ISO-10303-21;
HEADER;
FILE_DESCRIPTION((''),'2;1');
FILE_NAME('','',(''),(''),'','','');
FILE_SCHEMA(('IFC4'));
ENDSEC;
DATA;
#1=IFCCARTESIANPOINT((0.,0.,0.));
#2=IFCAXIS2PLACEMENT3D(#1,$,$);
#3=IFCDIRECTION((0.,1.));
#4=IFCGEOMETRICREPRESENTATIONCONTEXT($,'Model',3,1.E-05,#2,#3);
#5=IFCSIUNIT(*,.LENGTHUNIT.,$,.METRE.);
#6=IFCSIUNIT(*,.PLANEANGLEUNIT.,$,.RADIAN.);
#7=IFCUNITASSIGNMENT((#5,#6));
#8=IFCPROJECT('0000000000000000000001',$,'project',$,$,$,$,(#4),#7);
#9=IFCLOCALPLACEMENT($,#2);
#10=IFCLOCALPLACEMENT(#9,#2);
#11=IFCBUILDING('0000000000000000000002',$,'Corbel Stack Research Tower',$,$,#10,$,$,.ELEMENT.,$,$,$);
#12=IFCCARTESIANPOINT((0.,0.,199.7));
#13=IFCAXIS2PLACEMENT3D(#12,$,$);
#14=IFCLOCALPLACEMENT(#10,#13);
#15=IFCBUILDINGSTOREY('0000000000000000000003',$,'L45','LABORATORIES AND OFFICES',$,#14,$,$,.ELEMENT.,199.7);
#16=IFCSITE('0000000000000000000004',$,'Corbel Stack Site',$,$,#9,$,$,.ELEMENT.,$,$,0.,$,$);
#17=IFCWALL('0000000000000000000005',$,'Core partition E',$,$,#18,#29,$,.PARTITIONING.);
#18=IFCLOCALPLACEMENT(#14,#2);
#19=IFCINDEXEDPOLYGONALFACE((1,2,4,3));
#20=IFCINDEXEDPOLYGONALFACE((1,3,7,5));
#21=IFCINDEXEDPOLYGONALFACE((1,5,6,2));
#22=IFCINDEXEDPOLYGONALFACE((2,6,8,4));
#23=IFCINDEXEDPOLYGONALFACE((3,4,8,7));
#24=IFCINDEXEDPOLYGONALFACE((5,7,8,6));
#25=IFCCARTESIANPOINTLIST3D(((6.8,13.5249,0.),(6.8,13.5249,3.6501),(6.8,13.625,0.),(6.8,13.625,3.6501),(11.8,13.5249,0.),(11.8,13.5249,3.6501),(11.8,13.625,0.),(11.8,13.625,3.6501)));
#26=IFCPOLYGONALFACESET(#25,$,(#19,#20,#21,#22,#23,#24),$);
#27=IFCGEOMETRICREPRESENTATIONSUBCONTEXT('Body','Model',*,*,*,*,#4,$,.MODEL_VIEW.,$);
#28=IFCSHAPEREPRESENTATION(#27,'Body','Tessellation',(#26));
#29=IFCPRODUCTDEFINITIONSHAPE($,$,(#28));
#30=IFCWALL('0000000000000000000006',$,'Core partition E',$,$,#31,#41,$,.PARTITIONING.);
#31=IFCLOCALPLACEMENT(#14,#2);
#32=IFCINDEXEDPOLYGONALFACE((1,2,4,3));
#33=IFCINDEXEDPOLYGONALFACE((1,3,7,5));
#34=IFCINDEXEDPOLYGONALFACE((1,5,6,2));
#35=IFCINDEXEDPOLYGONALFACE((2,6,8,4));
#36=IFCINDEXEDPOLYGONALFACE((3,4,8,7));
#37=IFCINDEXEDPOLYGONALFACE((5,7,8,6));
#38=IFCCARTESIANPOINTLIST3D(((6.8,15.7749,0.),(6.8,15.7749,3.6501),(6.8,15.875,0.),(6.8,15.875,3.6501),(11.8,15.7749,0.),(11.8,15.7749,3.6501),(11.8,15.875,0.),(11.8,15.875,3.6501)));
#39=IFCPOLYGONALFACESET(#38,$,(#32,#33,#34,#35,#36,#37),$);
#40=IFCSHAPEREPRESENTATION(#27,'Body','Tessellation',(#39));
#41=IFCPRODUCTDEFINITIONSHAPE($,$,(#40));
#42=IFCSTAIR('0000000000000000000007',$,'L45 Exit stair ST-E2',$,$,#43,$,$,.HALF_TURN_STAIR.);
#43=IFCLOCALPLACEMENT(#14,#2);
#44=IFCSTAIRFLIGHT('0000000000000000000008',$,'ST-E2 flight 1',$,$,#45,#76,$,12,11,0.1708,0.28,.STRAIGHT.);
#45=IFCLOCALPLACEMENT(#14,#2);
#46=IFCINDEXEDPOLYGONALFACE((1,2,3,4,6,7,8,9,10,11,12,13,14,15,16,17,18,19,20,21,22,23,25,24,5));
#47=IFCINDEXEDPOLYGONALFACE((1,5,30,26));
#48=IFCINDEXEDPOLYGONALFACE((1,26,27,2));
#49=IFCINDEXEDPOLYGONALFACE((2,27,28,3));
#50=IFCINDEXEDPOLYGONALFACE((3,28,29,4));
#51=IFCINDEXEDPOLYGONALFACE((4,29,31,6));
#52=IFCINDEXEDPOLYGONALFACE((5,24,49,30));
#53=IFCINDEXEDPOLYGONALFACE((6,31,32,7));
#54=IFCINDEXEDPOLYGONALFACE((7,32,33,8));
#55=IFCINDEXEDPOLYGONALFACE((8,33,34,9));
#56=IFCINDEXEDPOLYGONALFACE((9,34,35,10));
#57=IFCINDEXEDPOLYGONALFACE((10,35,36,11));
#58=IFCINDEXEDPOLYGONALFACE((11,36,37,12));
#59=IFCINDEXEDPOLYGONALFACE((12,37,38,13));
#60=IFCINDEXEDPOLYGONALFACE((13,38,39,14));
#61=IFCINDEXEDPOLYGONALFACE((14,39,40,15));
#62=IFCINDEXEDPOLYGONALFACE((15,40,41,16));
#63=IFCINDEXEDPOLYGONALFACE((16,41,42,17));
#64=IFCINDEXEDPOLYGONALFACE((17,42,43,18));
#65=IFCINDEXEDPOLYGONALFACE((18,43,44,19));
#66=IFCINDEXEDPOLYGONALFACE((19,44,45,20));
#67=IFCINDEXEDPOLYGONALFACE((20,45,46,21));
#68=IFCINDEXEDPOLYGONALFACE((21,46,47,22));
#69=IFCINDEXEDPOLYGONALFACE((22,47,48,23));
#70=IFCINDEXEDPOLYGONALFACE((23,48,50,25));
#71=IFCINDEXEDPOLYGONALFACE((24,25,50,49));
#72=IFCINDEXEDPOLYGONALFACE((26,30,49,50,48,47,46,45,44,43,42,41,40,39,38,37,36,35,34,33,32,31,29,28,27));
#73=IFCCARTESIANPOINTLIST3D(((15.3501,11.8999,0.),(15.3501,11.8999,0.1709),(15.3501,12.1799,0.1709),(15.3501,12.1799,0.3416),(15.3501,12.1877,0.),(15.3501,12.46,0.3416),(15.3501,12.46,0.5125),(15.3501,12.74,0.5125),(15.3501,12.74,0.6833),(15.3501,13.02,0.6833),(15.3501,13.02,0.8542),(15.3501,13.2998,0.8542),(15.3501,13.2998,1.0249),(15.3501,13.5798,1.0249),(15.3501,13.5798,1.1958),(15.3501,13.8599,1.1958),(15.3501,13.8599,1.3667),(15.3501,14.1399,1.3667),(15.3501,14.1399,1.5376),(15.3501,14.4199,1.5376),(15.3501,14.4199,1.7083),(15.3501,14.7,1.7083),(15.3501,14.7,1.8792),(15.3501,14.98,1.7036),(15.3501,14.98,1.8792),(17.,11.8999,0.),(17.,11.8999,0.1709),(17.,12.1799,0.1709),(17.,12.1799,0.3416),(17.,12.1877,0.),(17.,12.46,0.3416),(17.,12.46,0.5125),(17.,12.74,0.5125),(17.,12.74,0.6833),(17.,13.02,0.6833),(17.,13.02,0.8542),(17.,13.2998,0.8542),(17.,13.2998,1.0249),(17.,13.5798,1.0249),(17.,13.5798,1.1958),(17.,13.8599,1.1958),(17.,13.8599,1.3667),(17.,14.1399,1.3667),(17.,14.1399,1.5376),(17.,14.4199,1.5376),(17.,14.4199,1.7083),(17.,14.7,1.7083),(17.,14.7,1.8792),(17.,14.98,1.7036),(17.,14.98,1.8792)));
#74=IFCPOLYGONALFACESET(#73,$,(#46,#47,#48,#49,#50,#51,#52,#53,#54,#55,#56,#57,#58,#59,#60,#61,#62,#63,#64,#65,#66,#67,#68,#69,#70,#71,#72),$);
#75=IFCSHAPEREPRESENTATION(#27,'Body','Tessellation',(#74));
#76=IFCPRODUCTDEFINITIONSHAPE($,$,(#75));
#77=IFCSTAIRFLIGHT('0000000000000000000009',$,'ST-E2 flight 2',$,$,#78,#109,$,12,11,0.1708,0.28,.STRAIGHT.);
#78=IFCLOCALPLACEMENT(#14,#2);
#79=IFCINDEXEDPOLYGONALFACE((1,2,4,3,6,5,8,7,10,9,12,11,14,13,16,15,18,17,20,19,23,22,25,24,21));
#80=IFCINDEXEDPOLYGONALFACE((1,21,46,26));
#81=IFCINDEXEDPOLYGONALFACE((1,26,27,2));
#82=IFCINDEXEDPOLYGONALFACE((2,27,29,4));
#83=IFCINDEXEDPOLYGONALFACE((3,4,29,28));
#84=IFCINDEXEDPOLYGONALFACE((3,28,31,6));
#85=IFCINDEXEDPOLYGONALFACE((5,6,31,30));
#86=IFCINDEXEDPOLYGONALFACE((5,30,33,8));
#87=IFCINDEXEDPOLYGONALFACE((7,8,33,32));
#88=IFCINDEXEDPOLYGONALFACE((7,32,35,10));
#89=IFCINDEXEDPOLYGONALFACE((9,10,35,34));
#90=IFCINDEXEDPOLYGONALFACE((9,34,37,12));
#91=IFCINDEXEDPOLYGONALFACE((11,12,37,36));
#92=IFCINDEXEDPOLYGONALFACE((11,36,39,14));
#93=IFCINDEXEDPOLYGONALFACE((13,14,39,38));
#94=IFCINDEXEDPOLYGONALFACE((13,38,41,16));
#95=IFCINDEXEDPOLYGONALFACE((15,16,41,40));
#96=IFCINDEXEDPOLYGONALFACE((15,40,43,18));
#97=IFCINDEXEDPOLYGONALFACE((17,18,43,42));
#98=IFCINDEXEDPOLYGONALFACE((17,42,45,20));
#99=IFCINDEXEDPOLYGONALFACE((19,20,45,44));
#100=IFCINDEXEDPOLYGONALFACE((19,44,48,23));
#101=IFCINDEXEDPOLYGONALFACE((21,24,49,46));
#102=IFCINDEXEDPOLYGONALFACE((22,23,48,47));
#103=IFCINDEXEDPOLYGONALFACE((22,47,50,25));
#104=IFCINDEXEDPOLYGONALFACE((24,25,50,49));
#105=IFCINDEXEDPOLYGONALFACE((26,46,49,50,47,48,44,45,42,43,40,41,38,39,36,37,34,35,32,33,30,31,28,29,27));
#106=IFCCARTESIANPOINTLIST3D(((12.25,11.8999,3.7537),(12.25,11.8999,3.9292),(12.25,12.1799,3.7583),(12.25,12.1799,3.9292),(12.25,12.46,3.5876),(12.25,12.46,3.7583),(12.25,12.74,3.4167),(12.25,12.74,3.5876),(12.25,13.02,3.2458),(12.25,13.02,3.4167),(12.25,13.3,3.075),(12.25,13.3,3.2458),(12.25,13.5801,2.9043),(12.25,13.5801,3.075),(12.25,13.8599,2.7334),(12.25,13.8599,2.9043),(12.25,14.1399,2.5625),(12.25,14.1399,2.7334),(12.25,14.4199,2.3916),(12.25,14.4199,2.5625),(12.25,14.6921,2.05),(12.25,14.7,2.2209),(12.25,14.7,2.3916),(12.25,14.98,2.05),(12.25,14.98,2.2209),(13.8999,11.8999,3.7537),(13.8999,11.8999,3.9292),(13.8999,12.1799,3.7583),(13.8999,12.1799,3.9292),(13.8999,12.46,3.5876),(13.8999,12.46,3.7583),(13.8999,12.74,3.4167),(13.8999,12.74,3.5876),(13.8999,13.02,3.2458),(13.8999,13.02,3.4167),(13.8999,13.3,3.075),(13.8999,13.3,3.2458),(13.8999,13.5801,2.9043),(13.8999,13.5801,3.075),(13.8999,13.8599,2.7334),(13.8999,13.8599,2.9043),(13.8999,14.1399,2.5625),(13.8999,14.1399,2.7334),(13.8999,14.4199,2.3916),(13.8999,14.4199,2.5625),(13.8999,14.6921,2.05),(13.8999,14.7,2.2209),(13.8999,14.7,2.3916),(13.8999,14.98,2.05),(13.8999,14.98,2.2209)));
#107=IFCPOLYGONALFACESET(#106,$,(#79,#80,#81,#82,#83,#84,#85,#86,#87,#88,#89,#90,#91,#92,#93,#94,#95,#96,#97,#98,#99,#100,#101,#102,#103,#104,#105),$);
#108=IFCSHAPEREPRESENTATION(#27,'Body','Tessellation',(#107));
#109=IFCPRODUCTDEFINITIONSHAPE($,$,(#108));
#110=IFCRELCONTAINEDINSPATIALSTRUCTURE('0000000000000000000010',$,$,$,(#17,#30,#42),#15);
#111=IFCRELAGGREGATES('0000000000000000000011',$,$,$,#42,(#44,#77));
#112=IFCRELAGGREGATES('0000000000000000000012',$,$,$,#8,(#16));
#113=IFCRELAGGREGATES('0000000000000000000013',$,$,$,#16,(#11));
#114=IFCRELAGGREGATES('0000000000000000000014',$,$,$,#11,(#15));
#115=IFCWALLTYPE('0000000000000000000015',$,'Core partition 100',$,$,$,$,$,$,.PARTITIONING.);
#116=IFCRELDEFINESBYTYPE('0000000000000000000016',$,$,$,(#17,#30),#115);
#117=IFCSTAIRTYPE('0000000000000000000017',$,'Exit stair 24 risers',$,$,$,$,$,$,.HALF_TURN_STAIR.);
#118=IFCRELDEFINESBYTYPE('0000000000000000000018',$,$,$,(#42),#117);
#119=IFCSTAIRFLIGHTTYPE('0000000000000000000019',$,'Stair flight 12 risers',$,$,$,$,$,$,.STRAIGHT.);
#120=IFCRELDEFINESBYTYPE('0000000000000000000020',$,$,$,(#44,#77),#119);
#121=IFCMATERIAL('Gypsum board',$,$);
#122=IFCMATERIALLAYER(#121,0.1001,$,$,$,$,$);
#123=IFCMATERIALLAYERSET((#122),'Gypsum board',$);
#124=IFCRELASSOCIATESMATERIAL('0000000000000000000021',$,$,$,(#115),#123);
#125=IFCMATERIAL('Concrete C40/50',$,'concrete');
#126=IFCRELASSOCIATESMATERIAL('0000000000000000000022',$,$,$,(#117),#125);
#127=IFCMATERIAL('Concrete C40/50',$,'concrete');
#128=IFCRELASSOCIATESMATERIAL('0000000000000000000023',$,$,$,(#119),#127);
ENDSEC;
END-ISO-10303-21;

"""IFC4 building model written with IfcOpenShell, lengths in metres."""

from ifc_helpers import new_model, si_unit, direction, frame, frame_2d, origin, place, context, subcontext, project, spatial, polyline, rectangle, outline, extrude, material, layer, layer_set, type_object, element, aggregate, save


model = new_model("IFC4")

# Units and contexts
model_context = context("Model", 3, precision=1e-05, world=origin(), true_north=direction((0.0, 1.0)))
body_context = subcontext(model_context, "Body", "Model", "MODEL_VIEW")
ifc_project = project(units=[si_unit("LENGTHUNIT", "METRE"), si_unit("PLANEANGLEUNIT", "RADIAN")], contexts=[model_context])

# Site, building, storey
site_placement = place(None, origin())
site = spatial("IfcSite", under=ifc_project, at=site_placement, Name="Corbel Stack Site", CompositionType="ELEMENT", RefElevation=0.0)
building_placement = place(site_placement, origin())
building = spatial("IfcBuilding", under=site, at=building_placement, Name="Corbel Stack Research Tower", CompositionType="ELEMENT")
storey_placement = place(building_placement, frame((0.0, 0.0, 199.7)))
storey = spatial("IfcBuildingStorey", under=building, at=storey_placement, Name="L45", Description="LABORATORIES AND OFFICES", CompositionType="ELEMENT", Elevation=199.7)

# Walls
ifc_material_1 = material(Name="Gypsum board")
ifc_layer = layer(ifc_material_1, 0.1001)
ifc_layer_set = layer_set([ifc_layer], Name="Gypsum board")
wall_type = type_object("IfcWallType", Name="Core partition 100", PredefinedType="PARTITIONING", material=ifc_layer_set)
for number, where, z_axis, x_axis, name in (
    (1, (6.8, 13.575, 0.0), (0.0, 0.0, 1.0), (1.0, 0.0, 0.0), "Core partition E"),
    (2, (6.8, 15.825, 0.0), (0.0, 0.0, 1.0), (1.0, 0.0, 0.0), "Core partition E"),
):
    element("IfcWall", number, at=place(storey_placement, frame(where, z_axis=z_axis, x_axis=x_axis)), inside=storey, type_object=wall_type, Name=name, PredefinedType="PARTITIONING", context=body_context, shape_type="SweptSolid", body=[
        extrude(rectangle(XDim=5.0, YDim=0.1001, at=frame_2d((2.5, 0.0))), origin(), (0.0, 0.0, 1.0), 3.6501),
    ])

# Stair, stair flights
ifc_material_2 = material(Name="Concrete C40/50", Category="concrete")
stair_type = type_object("IfcStairType", Name="Exit stair 24 risers", PredefinedType="HALF_TURN_STAIR", material=ifc_material_2)
stair_placement = place(storey_placement, origin())
stair = element("IfcStair", 3, at=stair_placement, inside=storey, type_object=stair_type, Name="L45 Exit stair ST-E2", PredefinedType="HALF_TURN_STAIR")
ifc_material_3 = material(Name="Concrete C40/50", Category="concrete")
stair_flight_type = type_object("IfcStairFlightType", Name="Stair flight 12 risers", PredefinedType="STRAIGHT", material=ifc_material_3)
stair_flight_1_placement = place(storey_placement, frame((16.175, 11.8999, 0.0), z_axis=(0.0, 0.0, 1.0), x_axis=(0.0, 1.0, 0.0)))
stair_flight_1 = element("IfcStairFlight", 4, at=stair_flight_1_placement, type_object=stair_flight_type, Name="ST-E2 flight 1", NumberOfRisers=12, NumberOfTreads=11, PredefinedType="STRAIGHT", RiserHeight=0.1708, TreadLength=0.28, context=body_context, shape_type="SweptSolid", body=[
    extrude(outline(polyline([(0.0, 0.0), (0.0, 0.1709), (0.28, 0.1709), (0.28, 0.3416), (0.5601, 0.3416), (0.5601, 0.5125), (0.8401, 0.5125), (0.8401, 0.6833), (1.1201, 0.6833), (1.1201, 0.8542), (1.3999, 0.8542), (1.3999, 1.0249), (1.6799, 1.0249), (1.6799, 1.1958), (1.96, 1.1958), (1.96, 1.3667), (2.24, 1.3667), (2.24, 1.5376), (2.52, 1.5376), (2.52, 1.7083), (2.8, 1.7083), (2.8, 1.8792), (3.0801, 1.8792), (3.0801, 2.05), (3.0801, 1.7036), (0.2878, 0.0), (0.0, 0.0)])), frame((0.0, 0.825, 0.0), z_axis=(0.0, -1.0, 0.0), x_axis=(1.0, 0.0, 0.0)), (0.0, 0.0, 1.0), 1.6499),
])
stair_flight_2_placement = place(storey_placement, frame((13.075, 14.98, 2.05), z_axis=(0.0, 0.0, 1.0), x_axis=(0.0, -1.0, 0.0)))
stair_flight_2 = element("IfcStairFlight", 5, at=stair_flight_2_placement, type_object=stair_flight_type, Name="ST-E2 flight 2", NumberOfRisers=12, NumberOfTreads=11, PredefinedType="STRAIGHT", RiserHeight=0.1708, TreadLength=0.28, context=body_context, shape_type="SweptSolid", body=[
    extrude(outline(polyline([(0.0, 0.0), (0.0, 0.1709), (0.28, 0.1709), (0.28, 0.3416), (0.5601, 0.3416), (0.5601, 0.5125), (0.8401, 0.5125), (0.8401, 0.6833), (1.1201, 0.6833), (1.1201, 0.8542), (1.3999, 0.8542), (1.3999, 1.0249), (1.6799, 1.0249), (1.6799, 1.1958), (1.96, 1.1958), (1.96, 1.3667), (2.24, 1.3667), (2.24, 1.5376), (2.52, 1.5376), (2.52, 1.7083), (2.8, 1.7083), (2.8, 1.8792), (3.0801, 1.8792), (3.0801, 2.05), (3.0801, 1.7036), (0.2878, 0.0), (0.0, 0.0)])), frame((0.0, 0.825, 0.0), z_axis=(0.0, -1.0, 0.0), x_axis=(1.0, 0.0, 0.0)), (0.0, 0.0, 1.0), 1.6499),
])
aggregate(stair, [stair_flight_1, stair_flight_2])

save(model, "model.ifc")
